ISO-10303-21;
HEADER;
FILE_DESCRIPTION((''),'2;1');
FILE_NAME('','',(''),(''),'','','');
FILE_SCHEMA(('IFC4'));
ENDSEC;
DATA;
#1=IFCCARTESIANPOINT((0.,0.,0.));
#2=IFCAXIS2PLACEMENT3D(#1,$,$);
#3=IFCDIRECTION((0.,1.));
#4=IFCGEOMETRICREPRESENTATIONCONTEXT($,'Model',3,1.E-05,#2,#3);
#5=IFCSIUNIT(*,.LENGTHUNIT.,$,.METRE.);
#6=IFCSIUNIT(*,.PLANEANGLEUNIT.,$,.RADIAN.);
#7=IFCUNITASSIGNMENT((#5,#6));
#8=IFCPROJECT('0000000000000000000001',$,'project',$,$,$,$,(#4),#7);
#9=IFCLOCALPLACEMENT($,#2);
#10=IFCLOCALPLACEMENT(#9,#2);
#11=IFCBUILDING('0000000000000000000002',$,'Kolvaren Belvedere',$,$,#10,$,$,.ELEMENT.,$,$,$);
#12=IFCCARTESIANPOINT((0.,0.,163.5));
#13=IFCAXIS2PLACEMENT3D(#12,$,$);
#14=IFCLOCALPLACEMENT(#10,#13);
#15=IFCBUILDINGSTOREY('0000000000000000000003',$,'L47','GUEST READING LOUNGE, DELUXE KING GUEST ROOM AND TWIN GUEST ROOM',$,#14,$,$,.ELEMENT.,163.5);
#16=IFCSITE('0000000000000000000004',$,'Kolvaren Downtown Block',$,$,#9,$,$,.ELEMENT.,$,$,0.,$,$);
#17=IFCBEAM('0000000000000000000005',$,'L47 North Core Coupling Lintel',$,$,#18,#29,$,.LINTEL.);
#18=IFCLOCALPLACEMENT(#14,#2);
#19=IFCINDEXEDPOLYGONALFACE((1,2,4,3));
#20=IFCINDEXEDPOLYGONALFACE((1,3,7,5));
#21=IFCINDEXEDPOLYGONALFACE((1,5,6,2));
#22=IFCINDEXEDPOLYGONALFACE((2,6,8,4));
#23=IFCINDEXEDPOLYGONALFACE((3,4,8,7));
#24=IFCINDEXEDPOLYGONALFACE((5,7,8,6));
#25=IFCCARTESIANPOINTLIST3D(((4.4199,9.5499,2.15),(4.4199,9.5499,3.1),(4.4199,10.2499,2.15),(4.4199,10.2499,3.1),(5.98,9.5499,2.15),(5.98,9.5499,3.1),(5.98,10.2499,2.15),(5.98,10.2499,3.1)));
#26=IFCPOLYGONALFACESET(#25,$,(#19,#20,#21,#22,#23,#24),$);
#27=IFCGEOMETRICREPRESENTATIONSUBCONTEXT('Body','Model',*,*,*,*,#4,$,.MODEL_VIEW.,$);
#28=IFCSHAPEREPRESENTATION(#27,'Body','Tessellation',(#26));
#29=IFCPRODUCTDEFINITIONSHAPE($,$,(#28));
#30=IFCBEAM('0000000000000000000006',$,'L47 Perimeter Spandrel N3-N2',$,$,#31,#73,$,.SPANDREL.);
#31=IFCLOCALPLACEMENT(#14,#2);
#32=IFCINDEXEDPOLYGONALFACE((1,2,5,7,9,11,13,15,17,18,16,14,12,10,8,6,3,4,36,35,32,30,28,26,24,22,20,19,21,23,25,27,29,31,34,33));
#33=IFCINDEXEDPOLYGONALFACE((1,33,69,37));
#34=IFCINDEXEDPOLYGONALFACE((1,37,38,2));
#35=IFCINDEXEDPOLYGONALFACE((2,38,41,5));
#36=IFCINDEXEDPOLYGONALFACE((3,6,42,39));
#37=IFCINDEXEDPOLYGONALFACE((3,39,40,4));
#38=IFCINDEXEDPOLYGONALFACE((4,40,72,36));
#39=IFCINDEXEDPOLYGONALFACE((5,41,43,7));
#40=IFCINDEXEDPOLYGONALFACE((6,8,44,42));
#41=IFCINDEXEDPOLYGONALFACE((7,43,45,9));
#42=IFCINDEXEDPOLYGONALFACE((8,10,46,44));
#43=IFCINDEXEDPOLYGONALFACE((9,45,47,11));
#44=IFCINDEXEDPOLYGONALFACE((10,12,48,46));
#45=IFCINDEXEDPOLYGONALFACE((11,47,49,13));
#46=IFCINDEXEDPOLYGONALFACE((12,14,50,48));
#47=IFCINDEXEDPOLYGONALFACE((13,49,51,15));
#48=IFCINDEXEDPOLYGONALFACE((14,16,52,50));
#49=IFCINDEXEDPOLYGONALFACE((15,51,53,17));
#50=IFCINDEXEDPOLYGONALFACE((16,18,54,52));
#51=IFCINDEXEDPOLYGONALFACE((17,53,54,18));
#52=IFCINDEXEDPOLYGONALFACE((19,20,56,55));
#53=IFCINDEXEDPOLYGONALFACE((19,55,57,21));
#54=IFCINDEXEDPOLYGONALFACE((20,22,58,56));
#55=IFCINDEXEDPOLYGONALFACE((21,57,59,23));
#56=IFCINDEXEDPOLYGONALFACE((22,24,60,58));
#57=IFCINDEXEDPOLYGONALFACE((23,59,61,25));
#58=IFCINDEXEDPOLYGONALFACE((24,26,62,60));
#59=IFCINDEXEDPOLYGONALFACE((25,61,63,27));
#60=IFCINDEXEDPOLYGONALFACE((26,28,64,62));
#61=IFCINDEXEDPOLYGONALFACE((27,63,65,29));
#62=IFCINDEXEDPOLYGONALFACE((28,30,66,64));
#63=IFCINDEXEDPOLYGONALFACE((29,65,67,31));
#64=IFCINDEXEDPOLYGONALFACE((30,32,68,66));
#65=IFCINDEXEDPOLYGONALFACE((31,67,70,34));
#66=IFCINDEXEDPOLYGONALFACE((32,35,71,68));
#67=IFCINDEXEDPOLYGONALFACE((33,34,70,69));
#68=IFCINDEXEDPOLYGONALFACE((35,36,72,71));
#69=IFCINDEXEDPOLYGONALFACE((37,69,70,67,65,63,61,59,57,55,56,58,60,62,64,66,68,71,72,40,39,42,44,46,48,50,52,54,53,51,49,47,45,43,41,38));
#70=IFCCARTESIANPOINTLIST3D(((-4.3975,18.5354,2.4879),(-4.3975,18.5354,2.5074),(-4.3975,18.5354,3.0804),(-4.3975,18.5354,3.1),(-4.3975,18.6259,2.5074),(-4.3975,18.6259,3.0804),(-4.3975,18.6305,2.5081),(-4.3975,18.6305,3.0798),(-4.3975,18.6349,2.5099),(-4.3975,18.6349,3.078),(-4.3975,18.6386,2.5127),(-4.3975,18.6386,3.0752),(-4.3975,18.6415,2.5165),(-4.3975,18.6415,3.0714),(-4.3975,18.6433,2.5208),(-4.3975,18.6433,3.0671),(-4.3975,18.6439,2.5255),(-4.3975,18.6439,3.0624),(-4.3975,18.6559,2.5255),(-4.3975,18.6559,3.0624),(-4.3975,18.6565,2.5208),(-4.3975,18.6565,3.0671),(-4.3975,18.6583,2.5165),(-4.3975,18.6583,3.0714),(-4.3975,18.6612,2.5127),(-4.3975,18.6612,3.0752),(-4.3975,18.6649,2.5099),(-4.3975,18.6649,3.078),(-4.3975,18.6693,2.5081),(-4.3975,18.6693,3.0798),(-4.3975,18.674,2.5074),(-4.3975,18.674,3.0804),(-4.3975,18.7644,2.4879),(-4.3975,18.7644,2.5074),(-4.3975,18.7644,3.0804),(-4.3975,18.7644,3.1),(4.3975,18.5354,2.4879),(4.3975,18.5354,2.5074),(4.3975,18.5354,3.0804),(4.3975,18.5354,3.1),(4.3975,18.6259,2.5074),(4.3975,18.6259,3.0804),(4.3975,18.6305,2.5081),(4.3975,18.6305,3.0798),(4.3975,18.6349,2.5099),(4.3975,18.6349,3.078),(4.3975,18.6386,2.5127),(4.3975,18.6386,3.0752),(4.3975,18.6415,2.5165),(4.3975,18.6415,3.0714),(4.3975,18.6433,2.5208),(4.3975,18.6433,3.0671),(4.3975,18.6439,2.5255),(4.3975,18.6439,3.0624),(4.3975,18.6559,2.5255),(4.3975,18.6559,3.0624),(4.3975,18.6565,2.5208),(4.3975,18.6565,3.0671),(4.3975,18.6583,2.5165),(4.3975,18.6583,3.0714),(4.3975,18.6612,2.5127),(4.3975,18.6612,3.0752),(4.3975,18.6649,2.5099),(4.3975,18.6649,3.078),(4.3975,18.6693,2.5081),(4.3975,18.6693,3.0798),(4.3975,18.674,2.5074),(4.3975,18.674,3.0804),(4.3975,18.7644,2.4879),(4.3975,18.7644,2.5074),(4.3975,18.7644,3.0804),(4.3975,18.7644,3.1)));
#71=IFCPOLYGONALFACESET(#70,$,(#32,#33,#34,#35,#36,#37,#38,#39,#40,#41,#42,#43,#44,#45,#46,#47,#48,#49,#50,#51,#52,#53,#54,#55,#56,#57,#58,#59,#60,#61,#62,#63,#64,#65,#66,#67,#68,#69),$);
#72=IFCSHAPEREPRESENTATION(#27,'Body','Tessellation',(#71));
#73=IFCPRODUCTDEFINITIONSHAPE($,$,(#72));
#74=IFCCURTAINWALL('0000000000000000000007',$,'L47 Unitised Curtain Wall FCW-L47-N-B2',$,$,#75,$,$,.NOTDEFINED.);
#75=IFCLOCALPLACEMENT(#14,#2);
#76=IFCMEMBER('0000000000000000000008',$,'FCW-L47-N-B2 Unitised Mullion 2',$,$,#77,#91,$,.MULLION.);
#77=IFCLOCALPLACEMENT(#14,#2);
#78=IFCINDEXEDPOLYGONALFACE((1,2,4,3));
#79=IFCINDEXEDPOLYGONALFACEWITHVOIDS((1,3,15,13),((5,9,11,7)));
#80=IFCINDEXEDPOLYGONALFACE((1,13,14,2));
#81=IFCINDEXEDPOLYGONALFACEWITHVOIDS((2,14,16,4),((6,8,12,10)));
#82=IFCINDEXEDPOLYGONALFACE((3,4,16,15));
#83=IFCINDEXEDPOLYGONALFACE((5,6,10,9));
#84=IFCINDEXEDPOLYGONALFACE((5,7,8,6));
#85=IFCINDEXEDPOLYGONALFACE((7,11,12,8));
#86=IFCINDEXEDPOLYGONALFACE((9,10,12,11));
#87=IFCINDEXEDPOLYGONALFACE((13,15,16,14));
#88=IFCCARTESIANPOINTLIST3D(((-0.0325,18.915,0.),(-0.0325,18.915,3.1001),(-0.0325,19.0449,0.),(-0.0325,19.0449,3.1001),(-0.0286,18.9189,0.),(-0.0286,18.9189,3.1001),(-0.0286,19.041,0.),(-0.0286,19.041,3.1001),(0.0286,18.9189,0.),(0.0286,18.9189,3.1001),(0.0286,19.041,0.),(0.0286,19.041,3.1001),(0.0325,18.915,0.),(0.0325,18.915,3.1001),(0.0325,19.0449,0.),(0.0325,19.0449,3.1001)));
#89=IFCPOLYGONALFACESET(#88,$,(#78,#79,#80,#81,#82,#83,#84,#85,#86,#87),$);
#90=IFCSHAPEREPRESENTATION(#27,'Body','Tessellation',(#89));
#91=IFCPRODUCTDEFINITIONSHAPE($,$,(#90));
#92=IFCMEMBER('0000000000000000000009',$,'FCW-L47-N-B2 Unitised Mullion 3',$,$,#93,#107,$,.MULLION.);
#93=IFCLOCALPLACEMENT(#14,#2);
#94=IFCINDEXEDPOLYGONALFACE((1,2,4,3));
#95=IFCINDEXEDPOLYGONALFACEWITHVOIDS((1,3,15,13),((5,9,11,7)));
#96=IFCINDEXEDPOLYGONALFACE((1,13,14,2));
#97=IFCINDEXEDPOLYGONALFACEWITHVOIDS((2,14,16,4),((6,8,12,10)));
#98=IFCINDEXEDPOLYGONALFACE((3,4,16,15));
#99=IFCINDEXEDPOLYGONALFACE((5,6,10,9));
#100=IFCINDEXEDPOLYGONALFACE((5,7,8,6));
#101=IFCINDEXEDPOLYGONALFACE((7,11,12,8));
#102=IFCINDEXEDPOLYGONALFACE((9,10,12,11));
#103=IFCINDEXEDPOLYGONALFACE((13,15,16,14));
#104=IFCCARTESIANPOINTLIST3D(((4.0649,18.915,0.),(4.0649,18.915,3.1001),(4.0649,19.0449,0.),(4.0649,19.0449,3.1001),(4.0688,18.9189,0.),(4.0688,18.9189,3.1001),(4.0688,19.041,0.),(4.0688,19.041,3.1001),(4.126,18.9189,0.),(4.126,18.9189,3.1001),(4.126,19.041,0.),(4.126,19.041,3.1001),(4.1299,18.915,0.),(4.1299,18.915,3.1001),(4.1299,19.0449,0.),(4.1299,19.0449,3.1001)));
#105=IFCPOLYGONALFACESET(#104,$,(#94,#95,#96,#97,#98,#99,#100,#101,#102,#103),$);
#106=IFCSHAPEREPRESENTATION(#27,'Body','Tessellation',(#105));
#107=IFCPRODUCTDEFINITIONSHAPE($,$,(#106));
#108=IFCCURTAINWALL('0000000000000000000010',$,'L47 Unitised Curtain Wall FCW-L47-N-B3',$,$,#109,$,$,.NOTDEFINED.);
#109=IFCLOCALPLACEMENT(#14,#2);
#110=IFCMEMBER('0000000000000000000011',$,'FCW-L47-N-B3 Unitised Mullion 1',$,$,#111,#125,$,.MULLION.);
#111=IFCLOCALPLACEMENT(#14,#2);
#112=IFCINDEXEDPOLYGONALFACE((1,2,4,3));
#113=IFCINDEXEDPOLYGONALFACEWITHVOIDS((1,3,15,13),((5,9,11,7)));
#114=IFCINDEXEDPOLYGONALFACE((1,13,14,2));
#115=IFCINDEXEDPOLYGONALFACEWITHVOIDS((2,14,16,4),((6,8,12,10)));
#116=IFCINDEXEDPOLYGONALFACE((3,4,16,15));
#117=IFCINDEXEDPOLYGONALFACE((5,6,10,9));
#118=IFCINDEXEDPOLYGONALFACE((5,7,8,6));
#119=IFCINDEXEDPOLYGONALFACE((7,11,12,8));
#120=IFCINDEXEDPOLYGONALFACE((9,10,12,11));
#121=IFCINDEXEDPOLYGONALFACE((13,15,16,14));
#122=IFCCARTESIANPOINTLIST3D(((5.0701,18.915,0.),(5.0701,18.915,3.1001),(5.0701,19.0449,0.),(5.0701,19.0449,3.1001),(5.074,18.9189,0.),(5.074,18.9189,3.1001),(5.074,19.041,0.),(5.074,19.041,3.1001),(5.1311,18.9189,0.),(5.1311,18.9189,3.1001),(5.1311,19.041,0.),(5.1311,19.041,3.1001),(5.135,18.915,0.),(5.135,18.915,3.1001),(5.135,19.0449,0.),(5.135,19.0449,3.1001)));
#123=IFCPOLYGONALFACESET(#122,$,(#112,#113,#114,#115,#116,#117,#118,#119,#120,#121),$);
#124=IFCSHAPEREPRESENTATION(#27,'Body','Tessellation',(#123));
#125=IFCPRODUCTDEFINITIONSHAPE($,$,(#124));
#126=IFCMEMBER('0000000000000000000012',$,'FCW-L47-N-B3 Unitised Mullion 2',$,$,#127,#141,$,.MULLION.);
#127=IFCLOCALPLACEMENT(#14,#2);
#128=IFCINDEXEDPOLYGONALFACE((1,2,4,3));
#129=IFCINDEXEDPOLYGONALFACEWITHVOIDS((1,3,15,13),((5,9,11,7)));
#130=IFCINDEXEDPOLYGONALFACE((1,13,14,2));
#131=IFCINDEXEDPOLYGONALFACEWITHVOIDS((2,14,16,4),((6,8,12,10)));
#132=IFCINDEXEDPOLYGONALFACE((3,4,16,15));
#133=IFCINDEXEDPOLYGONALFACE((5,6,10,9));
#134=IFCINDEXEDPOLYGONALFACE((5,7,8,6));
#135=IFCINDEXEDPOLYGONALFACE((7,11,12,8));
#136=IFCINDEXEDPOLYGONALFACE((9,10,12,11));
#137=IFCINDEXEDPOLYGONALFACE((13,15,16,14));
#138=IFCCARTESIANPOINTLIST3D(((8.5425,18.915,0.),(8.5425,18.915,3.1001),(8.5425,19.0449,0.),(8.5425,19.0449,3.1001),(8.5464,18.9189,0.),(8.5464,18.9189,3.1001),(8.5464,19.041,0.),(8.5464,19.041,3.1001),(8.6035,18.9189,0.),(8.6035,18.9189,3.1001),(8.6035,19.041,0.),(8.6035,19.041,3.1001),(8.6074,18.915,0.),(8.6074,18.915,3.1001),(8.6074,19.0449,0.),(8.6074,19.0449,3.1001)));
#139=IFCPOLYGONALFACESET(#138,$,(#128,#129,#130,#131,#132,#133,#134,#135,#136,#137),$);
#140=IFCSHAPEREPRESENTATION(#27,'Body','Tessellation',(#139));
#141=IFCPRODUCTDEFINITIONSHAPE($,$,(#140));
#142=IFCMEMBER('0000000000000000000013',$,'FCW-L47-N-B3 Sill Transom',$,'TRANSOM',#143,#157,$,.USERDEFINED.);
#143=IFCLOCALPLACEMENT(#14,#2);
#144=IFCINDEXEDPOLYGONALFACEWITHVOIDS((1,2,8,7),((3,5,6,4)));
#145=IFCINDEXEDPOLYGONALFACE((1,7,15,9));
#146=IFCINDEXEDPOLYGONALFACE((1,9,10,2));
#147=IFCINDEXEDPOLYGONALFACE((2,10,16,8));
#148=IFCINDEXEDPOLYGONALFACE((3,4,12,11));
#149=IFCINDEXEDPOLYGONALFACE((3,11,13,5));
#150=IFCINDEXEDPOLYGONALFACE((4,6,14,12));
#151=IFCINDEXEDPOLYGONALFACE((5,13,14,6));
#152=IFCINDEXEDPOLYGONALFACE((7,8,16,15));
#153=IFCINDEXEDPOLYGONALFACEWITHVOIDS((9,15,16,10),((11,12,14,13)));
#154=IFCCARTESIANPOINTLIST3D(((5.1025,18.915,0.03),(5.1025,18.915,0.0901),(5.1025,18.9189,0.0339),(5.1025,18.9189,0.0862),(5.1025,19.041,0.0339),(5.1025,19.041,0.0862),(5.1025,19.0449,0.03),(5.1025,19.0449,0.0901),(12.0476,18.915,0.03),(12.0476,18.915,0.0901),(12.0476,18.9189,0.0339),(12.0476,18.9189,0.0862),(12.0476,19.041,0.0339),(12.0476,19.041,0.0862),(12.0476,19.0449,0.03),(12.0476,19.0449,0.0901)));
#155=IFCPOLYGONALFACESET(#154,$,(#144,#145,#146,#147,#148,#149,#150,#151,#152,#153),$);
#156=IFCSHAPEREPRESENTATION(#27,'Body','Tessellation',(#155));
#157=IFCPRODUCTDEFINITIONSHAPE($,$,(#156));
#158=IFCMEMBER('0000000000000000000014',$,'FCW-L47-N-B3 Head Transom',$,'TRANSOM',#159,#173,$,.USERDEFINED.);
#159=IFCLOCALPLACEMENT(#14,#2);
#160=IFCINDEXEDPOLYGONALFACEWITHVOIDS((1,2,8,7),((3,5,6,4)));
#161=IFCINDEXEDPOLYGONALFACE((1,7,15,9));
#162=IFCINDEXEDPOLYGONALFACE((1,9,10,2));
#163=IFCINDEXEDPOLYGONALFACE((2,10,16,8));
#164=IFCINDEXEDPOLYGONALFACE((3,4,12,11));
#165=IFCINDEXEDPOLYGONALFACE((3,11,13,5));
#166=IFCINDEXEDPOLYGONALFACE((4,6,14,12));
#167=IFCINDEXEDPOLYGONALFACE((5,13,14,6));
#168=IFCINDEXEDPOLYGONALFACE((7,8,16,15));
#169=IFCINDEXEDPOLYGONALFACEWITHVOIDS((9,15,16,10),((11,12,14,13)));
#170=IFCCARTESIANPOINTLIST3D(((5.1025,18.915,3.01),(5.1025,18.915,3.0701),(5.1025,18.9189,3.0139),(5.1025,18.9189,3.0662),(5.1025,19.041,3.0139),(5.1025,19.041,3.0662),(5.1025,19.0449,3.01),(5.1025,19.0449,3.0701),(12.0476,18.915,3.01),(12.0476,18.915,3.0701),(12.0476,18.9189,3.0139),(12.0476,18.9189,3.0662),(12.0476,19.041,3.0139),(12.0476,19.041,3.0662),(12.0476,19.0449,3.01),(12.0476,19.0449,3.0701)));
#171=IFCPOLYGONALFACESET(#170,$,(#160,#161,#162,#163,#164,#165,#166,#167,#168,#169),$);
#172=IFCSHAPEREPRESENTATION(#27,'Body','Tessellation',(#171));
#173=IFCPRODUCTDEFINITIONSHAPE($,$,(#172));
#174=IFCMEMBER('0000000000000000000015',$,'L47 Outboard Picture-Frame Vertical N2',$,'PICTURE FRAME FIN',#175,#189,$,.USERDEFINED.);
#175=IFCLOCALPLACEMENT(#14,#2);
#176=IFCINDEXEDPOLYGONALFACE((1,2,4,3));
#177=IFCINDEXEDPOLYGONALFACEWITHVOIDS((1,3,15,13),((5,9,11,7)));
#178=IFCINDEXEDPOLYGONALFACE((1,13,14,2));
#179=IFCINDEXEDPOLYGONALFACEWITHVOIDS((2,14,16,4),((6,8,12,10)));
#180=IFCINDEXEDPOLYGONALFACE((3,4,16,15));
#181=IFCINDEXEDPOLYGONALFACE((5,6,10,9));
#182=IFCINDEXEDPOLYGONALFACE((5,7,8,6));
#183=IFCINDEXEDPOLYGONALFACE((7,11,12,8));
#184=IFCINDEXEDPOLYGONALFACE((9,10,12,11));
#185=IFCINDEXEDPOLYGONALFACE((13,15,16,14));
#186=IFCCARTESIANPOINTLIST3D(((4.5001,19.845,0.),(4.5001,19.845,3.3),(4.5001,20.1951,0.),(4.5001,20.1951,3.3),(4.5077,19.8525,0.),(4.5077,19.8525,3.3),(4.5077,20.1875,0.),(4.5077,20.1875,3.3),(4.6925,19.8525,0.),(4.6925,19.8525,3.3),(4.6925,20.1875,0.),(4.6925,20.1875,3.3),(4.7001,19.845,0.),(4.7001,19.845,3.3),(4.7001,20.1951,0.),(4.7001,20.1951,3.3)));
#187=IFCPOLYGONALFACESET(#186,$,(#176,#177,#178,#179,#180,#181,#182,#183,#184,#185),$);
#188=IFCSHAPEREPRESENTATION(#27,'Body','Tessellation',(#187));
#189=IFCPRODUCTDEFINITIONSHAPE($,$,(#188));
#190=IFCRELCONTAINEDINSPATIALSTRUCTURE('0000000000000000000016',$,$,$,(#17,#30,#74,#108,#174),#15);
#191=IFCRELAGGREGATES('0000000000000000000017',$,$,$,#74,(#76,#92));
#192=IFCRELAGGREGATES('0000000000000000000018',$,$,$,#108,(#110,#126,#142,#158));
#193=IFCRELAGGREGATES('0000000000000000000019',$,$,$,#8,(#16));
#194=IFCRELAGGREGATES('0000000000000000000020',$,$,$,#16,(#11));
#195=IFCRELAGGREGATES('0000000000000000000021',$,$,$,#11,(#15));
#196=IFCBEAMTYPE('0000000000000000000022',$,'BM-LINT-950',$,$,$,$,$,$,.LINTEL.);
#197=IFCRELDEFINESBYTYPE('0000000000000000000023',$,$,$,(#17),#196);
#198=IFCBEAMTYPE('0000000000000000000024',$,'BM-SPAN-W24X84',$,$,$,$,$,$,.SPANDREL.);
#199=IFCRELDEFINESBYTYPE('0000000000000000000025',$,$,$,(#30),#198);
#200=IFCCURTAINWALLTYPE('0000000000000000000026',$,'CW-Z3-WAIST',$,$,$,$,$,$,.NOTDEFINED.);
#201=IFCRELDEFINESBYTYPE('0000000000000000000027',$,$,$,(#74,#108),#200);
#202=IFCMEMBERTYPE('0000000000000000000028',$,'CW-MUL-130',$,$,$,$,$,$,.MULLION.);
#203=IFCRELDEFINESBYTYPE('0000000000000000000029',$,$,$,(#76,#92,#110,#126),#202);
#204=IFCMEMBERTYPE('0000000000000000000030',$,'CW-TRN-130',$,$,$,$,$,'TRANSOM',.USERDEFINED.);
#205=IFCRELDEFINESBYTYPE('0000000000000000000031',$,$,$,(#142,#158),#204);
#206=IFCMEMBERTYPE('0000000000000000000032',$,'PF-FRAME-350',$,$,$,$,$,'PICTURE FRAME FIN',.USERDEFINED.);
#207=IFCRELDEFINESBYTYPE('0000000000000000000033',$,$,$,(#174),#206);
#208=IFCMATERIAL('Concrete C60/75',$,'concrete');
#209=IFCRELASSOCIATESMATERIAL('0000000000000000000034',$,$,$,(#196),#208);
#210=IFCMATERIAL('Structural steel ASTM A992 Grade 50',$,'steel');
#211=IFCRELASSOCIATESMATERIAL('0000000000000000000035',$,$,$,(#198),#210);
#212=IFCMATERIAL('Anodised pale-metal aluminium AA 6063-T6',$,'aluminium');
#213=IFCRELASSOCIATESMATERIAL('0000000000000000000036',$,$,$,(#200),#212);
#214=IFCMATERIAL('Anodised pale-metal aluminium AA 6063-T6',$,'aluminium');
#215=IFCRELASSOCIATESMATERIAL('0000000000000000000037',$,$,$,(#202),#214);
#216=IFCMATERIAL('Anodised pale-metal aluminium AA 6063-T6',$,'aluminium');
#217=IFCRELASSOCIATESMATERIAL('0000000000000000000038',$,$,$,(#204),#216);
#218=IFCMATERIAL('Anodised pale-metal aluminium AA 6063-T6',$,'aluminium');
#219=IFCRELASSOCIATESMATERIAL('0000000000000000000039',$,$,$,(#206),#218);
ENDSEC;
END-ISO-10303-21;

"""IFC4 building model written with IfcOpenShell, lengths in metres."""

from ifc_helpers import new_model, si_unit, direction, frame, origin, origin_2d, place, context, subcontext, project, spatial, rectangle, hollow_rectangle, i_section, extrude, material, material_profile, profile_set, type_object, element, aggregate, save


model = new_model("IFC4")

# Units and contexts
model_context = context("Model", 3, precision=1e-05, world=origin(), true_north=direction((0.0, 1.0)))
body_context = subcontext(model_context, "Body", "Model", "MODEL_VIEW")
ifc_project = project(units=[si_unit("LENGTHUNIT", "METRE"), si_unit("PLANEANGLEUNIT", "RADIAN")], contexts=[model_context])

# Site, building, storey
site_placement = place(None, origin())
site = spatial("IfcSite", under=ifc_project, at=site_placement, Name="Kolvaren Downtown Block", CompositionType="ELEMENT", RefElevation=0.0)
building_placement = place(site_placement, origin())
building = spatial("IfcBuilding", under=site, at=building_placement, Name="Kolvaren Belvedere", CompositionType="ELEMENT")
storey_placement = place(building_placement, frame((0.0, 0.0, 163.5)))
storey = spatial("IfcBuildingStorey", under=building, at=storey_placement, Name="L47", Description="GUEST READING LOUNGE, DELUXE KING GUEST ROOM AND TWIN GUEST ROOM", CompositionType="ELEMENT", Elevation=163.5)

# Beams
ifc_material_1 = material(Name="Concrete C60/75", Category="concrete")
ifc_material_profile_1 = material_profile(ifc_material_1, rectangle(XDim=0.7, YDim=0.95, at=origin_2d()), Name="RC 700X950")
ifc_profile_set_1 = profile_set([ifc_material_profile_1], Name="Concrete C60/75")
beam_type_1 = type_object("IfcBeamType", Name="BM-LINT-950", PredefinedType="LINTEL", material=ifc_profile_set_1)
beam_1_placement = place(storey_placement, frame((4.4199, 9.8999, 2.625), z_axis=(1.0, 0.0, 0.0), x_axis=(0.0, 1.0, 0.0)))
element("IfcBeam", 1, at=beam_1_placement, inside=storey, type_object=beam_type_1, Name="L47 North Core Coupling Lintel", PredefinedType="LINTEL", context=body_context, shape_type="SweptSolid", body=[
    extrude(rectangle(XDim=0.7, YDim=0.95, at=origin_2d()), origin(), (0.0, 0.0, 1.0), 1.5601),
])
ifc_material_2 = material(Name="Structural steel ASTM A992 Grade 50", Category="steel")
ifc_material_profile_2 = material_profile(ifc_material_2, i_section(OverallWidth=0.229, OverallDepth=0.6121, WebThickness=0.012, FlangeThickness=0.0195, FilletRadius=0.0181, at=origin_2d()), Name="W24X84")
ifc_profile_set_2 = profile_set([ifc_material_profile_2], Name="Structural steel ASTM A992 Grade 50")
beam_type_2 = type_object("IfcBeamType", Name="BM-SPAN-W24X84", PredefinedType="SPANDREL", material=ifc_profile_set_2)
beam_2_placement = place(storey_placement, frame((4.3975, 18.6499, 2.7939), z_axis=(-1.0, 0.0, 0.0), x_axis=(0.0, -1.0, 0.0)))
element("IfcBeam", 2, at=beam_2_placement, inside=storey, type_object=beam_type_2, Name="L47 Perimeter Spandrel N3-N2", PredefinedType="SPANDREL", context=body_context, shape_type="SweptSolid", body=[
    extrude(i_section(OverallWidth=0.229, OverallDepth=0.6121, WebThickness=0.012, FlangeThickness=0.0195, FilletRadius=0.0181, at=origin_2d()), origin(), (0.0, 0.0, 1.0), 8.7949),
])

# Curtain walls, members
ifc_material_3 = material(Name="Anodised pale-metal aluminium AA 6063-T6", Category="aluminium")
curtain_wall_type = type_object("IfcCurtainWallType", Name="CW-Z3-WAIST", PredefinedType="NOTDEFINED", material=ifc_material_3)
curtain_wall_1_placement = place(storey_placement, origin())
curtain_wall_1 = element("IfcCurtainWall", 3, at=curtain_wall_1_placement, inside=storey, type_object=curtain_wall_type, Name="L47 Unitised Curtain Wall FCW-L47-N-B2", PredefinedType="NOTDEFINED")
ifc_material_4 = material(Name="Anodised pale-metal aluminium AA 6063-T6", Category="aluminium")
ifc_material_profile_3 = material_profile(ifc_material_4, hollow_rectangle(XDim=0.0649, YDim=0.1299, WallThickness=0.0039, at=origin_2d()), Name="ALU-MUL-130X65")
ifc_profile_set_3 = profile_set([ifc_material_profile_3], Name="Anodised pale-metal aluminium AA 6063-T6")
member_type_1 = type_object("IfcMemberType", Name="CW-MUL-130", PredefinedType="MULLION", material=ifc_profile_set_3)
member_1_placement = place(storey_placement, frame((0.0, 18.98, 0.0), z_axis=(0.0, 0.0, 1.0), x_axis=(1.0, 0.0, 0.0)))
member_1 = element("IfcMember", 4, at=member_1_placement, type_object=member_type_1, Name="FCW-L47-N-B2 Unitised Mullion 2", PredefinedType="MULLION", context=body_context, shape_type="SweptSolid", body=[
    extrude(hollow_rectangle(XDim=0.0649, YDim=0.1299, WallThickness=0.0039, at=origin_2d()), origin(), (0.0, 0.0, 1.0), 3.1001),
])
member_2_placement = place(storey_placement, frame((4.0974, 18.98, 0.0), z_axis=(0.0, 0.0, 1.0), x_axis=(1.0, 0.0, 0.0)))
member_2 = element("IfcMember", 5, at=member_2_placement, type_object=member_type_1, Name="FCW-L47-N-B2 Unitised Mullion 3", PredefinedType="MULLION", context=body_context, shape_type="SweptSolid", body=[
    extrude(hollow_rectangle(XDim=0.0649, YDim=0.1299, WallThickness=0.0039, at=origin_2d()), origin(), (0.0, 0.0, 1.0), 3.1001),
])
curtain_wall_2_placement = place(storey_placement, origin())
curtain_wall_2 = element("IfcCurtainWall", 6, at=curtain_wall_2_placement, inside=storey, type_object=curtain_wall_type, Name="L47 Unitised Curtain Wall FCW-L47-N-B3", PredefinedType="NOTDEFINED")
member_3_placement = place(storey_placement, frame((5.1025, 18.98, 0.0), z_axis=(0.0, 0.0, 1.0), x_axis=(1.0, 0.0, 0.0)))
member_3 = element("IfcMember", 7, at=member_3_placement, type_object=member_type_1, Name="FCW-L47-N-B3 Unitised Mullion 1", PredefinedType="MULLION", context=body_context, shape_type="SweptSolid", body=[
    extrude(hollow_rectangle(XDim=0.0649, YDim=0.1299, WallThickness=0.0039, at=origin_2d()), origin(), (0.0, 0.0, 1.0), 3.1001),
])
member_4_placement = place(storey_placement, frame((8.575, 18.98, 0.0), z_axis=(0.0, 0.0, 1.0), x_axis=(1.0, 0.0, 0.0)))
member_4 = element("IfcMember", 8, at=member_4_placement, type_object=member_type_1, Name="FCW-L47-N-B3 Unitised Mullion 2", PredefinedType="MULLION", context=body_context, shape_type="SweptSolid", body=[
    extrude(hollow_rectangle(XDim=0.0649, YDim=0.1299, WallThickness=0.0039, at=origin_2d()), origin(), (0.0, 0.0, 1.0), 3.1001),
])
ifc_material_5 = material(Name="Anodised pale-metal aluminium AA 6063-T6", Category="aluminium")
ifc_material_profile_4 = material_profile(ifc_material_5, hollow_rectangle(XDim=0.0601, YDim=0.1299, WallThickness=0.0039, at=origin_2d()), Name="ALU-TRN-130X60")
ifc_profile_set_4 = profile_set([ifc_material_profile_4], Name="Anodised pale-metal aluminium AA 6063-T6")
member_type_2 = type_object("IfcMemberType", Name="CW-TRN-130", ElementType="TRANSOM", PredefinedType="USERDEFINED", material=ifc_profile_set_4)
member_5_placement = place(storey_placement, frame((5.1025, 18.98, 0.0601), z_axis=(1.0, 0.0, 0.0), x_axis=(0.0, 0.0, 1.0)))
member_5 = element("IfcMember", 9, at=member_5_placement, type_object=member_type_2, Name="FCW-L47-N-B3 Sill Transom", ObjectType="TRANSOM", PredefinedType="USERDEFINED", context=body_context, shape_type="SweptSolid", body=[
    extrude(hollow_rectangle(XDim=0.0601, YDim=0.1299, WallThickness=0.0039, at=origin_2d()), origin(), (0.0, 0.0, 1.0), 6.9451),
])
member_6_placement = place(storey_placement, frame((5.1025, 18.98, 3.04), z_axis=(1.0, 0.0, 0.0), x_axis=(0.0, 0.0, 1.0)))
member_6 = element("IfcMember", 10, at=member_6_placement, type_object=member_type_2, Name="FCW-L47-N-B3 Head Transom", ObjectType="TRANSOM", PredefinedType="USERDEFINED", context=body_context, shape_type="SweptSolid", body=[
    extrude(hollow_rectangle(XDim=0.0601, YDim=0.1299, WallThickness=0.0039, at=origin_2d()), origin(), (0.0, 0.0, 1.0), 6.9451),
])

# Member
ifc_material_6 = material(Name="Anodised pale-metal aluminium AA 6063-T6", Category="aluminium")
ifc_material_profile_5 = material_profile(ifc_material_6, hollow_rectangle(XDim=0.2, YDim=0.3501, WallThickness=0.0076, at=origin_2d()), Name="ALU-PF-350X200")
ifc_profile_set_5 = profile_set([ifc_material_profile_5], Name="Anodised pale-metal aluminium AA 6063-T6")
member_type_3 = type_object("IfcMemberType", Name="PF-FRAME-350", ElementType="PICTURE FRAME FIN", PredefinedType="USERDEFINED", material=ifc_profile_set_5)
member_7_placement = place(storey_placement, frame((4.6001, 20.02, 0.0), z_axis=(0.0, 0.0, 1.0), x_axis=(1.0, 0.0, 0.0)))
element("IfcMember", 11, at=member_7_placement, inside=storey, type_object=member_type_3, Name="L47 Outboard Picture-Frame Vertical N2", ObjectType="PICTURE FRAME FIN", PredefinedType="USERDEFINED", context=body_context, shape_type="SweptSolid", body=[
    extrude(hollow_rectangle(XDim=0.2, YDim=0.3501, WallThickness=0.0076, at=origin_2d()), origin(), (0.0, 0.0, 1.0), 3.3),
])

aggregate(curtain_wall_1, [member_1, member_2])
aggregate(curtain_wall_2, [member_3, member_4, member_5, member_6])

save(model, "model.ifc")
